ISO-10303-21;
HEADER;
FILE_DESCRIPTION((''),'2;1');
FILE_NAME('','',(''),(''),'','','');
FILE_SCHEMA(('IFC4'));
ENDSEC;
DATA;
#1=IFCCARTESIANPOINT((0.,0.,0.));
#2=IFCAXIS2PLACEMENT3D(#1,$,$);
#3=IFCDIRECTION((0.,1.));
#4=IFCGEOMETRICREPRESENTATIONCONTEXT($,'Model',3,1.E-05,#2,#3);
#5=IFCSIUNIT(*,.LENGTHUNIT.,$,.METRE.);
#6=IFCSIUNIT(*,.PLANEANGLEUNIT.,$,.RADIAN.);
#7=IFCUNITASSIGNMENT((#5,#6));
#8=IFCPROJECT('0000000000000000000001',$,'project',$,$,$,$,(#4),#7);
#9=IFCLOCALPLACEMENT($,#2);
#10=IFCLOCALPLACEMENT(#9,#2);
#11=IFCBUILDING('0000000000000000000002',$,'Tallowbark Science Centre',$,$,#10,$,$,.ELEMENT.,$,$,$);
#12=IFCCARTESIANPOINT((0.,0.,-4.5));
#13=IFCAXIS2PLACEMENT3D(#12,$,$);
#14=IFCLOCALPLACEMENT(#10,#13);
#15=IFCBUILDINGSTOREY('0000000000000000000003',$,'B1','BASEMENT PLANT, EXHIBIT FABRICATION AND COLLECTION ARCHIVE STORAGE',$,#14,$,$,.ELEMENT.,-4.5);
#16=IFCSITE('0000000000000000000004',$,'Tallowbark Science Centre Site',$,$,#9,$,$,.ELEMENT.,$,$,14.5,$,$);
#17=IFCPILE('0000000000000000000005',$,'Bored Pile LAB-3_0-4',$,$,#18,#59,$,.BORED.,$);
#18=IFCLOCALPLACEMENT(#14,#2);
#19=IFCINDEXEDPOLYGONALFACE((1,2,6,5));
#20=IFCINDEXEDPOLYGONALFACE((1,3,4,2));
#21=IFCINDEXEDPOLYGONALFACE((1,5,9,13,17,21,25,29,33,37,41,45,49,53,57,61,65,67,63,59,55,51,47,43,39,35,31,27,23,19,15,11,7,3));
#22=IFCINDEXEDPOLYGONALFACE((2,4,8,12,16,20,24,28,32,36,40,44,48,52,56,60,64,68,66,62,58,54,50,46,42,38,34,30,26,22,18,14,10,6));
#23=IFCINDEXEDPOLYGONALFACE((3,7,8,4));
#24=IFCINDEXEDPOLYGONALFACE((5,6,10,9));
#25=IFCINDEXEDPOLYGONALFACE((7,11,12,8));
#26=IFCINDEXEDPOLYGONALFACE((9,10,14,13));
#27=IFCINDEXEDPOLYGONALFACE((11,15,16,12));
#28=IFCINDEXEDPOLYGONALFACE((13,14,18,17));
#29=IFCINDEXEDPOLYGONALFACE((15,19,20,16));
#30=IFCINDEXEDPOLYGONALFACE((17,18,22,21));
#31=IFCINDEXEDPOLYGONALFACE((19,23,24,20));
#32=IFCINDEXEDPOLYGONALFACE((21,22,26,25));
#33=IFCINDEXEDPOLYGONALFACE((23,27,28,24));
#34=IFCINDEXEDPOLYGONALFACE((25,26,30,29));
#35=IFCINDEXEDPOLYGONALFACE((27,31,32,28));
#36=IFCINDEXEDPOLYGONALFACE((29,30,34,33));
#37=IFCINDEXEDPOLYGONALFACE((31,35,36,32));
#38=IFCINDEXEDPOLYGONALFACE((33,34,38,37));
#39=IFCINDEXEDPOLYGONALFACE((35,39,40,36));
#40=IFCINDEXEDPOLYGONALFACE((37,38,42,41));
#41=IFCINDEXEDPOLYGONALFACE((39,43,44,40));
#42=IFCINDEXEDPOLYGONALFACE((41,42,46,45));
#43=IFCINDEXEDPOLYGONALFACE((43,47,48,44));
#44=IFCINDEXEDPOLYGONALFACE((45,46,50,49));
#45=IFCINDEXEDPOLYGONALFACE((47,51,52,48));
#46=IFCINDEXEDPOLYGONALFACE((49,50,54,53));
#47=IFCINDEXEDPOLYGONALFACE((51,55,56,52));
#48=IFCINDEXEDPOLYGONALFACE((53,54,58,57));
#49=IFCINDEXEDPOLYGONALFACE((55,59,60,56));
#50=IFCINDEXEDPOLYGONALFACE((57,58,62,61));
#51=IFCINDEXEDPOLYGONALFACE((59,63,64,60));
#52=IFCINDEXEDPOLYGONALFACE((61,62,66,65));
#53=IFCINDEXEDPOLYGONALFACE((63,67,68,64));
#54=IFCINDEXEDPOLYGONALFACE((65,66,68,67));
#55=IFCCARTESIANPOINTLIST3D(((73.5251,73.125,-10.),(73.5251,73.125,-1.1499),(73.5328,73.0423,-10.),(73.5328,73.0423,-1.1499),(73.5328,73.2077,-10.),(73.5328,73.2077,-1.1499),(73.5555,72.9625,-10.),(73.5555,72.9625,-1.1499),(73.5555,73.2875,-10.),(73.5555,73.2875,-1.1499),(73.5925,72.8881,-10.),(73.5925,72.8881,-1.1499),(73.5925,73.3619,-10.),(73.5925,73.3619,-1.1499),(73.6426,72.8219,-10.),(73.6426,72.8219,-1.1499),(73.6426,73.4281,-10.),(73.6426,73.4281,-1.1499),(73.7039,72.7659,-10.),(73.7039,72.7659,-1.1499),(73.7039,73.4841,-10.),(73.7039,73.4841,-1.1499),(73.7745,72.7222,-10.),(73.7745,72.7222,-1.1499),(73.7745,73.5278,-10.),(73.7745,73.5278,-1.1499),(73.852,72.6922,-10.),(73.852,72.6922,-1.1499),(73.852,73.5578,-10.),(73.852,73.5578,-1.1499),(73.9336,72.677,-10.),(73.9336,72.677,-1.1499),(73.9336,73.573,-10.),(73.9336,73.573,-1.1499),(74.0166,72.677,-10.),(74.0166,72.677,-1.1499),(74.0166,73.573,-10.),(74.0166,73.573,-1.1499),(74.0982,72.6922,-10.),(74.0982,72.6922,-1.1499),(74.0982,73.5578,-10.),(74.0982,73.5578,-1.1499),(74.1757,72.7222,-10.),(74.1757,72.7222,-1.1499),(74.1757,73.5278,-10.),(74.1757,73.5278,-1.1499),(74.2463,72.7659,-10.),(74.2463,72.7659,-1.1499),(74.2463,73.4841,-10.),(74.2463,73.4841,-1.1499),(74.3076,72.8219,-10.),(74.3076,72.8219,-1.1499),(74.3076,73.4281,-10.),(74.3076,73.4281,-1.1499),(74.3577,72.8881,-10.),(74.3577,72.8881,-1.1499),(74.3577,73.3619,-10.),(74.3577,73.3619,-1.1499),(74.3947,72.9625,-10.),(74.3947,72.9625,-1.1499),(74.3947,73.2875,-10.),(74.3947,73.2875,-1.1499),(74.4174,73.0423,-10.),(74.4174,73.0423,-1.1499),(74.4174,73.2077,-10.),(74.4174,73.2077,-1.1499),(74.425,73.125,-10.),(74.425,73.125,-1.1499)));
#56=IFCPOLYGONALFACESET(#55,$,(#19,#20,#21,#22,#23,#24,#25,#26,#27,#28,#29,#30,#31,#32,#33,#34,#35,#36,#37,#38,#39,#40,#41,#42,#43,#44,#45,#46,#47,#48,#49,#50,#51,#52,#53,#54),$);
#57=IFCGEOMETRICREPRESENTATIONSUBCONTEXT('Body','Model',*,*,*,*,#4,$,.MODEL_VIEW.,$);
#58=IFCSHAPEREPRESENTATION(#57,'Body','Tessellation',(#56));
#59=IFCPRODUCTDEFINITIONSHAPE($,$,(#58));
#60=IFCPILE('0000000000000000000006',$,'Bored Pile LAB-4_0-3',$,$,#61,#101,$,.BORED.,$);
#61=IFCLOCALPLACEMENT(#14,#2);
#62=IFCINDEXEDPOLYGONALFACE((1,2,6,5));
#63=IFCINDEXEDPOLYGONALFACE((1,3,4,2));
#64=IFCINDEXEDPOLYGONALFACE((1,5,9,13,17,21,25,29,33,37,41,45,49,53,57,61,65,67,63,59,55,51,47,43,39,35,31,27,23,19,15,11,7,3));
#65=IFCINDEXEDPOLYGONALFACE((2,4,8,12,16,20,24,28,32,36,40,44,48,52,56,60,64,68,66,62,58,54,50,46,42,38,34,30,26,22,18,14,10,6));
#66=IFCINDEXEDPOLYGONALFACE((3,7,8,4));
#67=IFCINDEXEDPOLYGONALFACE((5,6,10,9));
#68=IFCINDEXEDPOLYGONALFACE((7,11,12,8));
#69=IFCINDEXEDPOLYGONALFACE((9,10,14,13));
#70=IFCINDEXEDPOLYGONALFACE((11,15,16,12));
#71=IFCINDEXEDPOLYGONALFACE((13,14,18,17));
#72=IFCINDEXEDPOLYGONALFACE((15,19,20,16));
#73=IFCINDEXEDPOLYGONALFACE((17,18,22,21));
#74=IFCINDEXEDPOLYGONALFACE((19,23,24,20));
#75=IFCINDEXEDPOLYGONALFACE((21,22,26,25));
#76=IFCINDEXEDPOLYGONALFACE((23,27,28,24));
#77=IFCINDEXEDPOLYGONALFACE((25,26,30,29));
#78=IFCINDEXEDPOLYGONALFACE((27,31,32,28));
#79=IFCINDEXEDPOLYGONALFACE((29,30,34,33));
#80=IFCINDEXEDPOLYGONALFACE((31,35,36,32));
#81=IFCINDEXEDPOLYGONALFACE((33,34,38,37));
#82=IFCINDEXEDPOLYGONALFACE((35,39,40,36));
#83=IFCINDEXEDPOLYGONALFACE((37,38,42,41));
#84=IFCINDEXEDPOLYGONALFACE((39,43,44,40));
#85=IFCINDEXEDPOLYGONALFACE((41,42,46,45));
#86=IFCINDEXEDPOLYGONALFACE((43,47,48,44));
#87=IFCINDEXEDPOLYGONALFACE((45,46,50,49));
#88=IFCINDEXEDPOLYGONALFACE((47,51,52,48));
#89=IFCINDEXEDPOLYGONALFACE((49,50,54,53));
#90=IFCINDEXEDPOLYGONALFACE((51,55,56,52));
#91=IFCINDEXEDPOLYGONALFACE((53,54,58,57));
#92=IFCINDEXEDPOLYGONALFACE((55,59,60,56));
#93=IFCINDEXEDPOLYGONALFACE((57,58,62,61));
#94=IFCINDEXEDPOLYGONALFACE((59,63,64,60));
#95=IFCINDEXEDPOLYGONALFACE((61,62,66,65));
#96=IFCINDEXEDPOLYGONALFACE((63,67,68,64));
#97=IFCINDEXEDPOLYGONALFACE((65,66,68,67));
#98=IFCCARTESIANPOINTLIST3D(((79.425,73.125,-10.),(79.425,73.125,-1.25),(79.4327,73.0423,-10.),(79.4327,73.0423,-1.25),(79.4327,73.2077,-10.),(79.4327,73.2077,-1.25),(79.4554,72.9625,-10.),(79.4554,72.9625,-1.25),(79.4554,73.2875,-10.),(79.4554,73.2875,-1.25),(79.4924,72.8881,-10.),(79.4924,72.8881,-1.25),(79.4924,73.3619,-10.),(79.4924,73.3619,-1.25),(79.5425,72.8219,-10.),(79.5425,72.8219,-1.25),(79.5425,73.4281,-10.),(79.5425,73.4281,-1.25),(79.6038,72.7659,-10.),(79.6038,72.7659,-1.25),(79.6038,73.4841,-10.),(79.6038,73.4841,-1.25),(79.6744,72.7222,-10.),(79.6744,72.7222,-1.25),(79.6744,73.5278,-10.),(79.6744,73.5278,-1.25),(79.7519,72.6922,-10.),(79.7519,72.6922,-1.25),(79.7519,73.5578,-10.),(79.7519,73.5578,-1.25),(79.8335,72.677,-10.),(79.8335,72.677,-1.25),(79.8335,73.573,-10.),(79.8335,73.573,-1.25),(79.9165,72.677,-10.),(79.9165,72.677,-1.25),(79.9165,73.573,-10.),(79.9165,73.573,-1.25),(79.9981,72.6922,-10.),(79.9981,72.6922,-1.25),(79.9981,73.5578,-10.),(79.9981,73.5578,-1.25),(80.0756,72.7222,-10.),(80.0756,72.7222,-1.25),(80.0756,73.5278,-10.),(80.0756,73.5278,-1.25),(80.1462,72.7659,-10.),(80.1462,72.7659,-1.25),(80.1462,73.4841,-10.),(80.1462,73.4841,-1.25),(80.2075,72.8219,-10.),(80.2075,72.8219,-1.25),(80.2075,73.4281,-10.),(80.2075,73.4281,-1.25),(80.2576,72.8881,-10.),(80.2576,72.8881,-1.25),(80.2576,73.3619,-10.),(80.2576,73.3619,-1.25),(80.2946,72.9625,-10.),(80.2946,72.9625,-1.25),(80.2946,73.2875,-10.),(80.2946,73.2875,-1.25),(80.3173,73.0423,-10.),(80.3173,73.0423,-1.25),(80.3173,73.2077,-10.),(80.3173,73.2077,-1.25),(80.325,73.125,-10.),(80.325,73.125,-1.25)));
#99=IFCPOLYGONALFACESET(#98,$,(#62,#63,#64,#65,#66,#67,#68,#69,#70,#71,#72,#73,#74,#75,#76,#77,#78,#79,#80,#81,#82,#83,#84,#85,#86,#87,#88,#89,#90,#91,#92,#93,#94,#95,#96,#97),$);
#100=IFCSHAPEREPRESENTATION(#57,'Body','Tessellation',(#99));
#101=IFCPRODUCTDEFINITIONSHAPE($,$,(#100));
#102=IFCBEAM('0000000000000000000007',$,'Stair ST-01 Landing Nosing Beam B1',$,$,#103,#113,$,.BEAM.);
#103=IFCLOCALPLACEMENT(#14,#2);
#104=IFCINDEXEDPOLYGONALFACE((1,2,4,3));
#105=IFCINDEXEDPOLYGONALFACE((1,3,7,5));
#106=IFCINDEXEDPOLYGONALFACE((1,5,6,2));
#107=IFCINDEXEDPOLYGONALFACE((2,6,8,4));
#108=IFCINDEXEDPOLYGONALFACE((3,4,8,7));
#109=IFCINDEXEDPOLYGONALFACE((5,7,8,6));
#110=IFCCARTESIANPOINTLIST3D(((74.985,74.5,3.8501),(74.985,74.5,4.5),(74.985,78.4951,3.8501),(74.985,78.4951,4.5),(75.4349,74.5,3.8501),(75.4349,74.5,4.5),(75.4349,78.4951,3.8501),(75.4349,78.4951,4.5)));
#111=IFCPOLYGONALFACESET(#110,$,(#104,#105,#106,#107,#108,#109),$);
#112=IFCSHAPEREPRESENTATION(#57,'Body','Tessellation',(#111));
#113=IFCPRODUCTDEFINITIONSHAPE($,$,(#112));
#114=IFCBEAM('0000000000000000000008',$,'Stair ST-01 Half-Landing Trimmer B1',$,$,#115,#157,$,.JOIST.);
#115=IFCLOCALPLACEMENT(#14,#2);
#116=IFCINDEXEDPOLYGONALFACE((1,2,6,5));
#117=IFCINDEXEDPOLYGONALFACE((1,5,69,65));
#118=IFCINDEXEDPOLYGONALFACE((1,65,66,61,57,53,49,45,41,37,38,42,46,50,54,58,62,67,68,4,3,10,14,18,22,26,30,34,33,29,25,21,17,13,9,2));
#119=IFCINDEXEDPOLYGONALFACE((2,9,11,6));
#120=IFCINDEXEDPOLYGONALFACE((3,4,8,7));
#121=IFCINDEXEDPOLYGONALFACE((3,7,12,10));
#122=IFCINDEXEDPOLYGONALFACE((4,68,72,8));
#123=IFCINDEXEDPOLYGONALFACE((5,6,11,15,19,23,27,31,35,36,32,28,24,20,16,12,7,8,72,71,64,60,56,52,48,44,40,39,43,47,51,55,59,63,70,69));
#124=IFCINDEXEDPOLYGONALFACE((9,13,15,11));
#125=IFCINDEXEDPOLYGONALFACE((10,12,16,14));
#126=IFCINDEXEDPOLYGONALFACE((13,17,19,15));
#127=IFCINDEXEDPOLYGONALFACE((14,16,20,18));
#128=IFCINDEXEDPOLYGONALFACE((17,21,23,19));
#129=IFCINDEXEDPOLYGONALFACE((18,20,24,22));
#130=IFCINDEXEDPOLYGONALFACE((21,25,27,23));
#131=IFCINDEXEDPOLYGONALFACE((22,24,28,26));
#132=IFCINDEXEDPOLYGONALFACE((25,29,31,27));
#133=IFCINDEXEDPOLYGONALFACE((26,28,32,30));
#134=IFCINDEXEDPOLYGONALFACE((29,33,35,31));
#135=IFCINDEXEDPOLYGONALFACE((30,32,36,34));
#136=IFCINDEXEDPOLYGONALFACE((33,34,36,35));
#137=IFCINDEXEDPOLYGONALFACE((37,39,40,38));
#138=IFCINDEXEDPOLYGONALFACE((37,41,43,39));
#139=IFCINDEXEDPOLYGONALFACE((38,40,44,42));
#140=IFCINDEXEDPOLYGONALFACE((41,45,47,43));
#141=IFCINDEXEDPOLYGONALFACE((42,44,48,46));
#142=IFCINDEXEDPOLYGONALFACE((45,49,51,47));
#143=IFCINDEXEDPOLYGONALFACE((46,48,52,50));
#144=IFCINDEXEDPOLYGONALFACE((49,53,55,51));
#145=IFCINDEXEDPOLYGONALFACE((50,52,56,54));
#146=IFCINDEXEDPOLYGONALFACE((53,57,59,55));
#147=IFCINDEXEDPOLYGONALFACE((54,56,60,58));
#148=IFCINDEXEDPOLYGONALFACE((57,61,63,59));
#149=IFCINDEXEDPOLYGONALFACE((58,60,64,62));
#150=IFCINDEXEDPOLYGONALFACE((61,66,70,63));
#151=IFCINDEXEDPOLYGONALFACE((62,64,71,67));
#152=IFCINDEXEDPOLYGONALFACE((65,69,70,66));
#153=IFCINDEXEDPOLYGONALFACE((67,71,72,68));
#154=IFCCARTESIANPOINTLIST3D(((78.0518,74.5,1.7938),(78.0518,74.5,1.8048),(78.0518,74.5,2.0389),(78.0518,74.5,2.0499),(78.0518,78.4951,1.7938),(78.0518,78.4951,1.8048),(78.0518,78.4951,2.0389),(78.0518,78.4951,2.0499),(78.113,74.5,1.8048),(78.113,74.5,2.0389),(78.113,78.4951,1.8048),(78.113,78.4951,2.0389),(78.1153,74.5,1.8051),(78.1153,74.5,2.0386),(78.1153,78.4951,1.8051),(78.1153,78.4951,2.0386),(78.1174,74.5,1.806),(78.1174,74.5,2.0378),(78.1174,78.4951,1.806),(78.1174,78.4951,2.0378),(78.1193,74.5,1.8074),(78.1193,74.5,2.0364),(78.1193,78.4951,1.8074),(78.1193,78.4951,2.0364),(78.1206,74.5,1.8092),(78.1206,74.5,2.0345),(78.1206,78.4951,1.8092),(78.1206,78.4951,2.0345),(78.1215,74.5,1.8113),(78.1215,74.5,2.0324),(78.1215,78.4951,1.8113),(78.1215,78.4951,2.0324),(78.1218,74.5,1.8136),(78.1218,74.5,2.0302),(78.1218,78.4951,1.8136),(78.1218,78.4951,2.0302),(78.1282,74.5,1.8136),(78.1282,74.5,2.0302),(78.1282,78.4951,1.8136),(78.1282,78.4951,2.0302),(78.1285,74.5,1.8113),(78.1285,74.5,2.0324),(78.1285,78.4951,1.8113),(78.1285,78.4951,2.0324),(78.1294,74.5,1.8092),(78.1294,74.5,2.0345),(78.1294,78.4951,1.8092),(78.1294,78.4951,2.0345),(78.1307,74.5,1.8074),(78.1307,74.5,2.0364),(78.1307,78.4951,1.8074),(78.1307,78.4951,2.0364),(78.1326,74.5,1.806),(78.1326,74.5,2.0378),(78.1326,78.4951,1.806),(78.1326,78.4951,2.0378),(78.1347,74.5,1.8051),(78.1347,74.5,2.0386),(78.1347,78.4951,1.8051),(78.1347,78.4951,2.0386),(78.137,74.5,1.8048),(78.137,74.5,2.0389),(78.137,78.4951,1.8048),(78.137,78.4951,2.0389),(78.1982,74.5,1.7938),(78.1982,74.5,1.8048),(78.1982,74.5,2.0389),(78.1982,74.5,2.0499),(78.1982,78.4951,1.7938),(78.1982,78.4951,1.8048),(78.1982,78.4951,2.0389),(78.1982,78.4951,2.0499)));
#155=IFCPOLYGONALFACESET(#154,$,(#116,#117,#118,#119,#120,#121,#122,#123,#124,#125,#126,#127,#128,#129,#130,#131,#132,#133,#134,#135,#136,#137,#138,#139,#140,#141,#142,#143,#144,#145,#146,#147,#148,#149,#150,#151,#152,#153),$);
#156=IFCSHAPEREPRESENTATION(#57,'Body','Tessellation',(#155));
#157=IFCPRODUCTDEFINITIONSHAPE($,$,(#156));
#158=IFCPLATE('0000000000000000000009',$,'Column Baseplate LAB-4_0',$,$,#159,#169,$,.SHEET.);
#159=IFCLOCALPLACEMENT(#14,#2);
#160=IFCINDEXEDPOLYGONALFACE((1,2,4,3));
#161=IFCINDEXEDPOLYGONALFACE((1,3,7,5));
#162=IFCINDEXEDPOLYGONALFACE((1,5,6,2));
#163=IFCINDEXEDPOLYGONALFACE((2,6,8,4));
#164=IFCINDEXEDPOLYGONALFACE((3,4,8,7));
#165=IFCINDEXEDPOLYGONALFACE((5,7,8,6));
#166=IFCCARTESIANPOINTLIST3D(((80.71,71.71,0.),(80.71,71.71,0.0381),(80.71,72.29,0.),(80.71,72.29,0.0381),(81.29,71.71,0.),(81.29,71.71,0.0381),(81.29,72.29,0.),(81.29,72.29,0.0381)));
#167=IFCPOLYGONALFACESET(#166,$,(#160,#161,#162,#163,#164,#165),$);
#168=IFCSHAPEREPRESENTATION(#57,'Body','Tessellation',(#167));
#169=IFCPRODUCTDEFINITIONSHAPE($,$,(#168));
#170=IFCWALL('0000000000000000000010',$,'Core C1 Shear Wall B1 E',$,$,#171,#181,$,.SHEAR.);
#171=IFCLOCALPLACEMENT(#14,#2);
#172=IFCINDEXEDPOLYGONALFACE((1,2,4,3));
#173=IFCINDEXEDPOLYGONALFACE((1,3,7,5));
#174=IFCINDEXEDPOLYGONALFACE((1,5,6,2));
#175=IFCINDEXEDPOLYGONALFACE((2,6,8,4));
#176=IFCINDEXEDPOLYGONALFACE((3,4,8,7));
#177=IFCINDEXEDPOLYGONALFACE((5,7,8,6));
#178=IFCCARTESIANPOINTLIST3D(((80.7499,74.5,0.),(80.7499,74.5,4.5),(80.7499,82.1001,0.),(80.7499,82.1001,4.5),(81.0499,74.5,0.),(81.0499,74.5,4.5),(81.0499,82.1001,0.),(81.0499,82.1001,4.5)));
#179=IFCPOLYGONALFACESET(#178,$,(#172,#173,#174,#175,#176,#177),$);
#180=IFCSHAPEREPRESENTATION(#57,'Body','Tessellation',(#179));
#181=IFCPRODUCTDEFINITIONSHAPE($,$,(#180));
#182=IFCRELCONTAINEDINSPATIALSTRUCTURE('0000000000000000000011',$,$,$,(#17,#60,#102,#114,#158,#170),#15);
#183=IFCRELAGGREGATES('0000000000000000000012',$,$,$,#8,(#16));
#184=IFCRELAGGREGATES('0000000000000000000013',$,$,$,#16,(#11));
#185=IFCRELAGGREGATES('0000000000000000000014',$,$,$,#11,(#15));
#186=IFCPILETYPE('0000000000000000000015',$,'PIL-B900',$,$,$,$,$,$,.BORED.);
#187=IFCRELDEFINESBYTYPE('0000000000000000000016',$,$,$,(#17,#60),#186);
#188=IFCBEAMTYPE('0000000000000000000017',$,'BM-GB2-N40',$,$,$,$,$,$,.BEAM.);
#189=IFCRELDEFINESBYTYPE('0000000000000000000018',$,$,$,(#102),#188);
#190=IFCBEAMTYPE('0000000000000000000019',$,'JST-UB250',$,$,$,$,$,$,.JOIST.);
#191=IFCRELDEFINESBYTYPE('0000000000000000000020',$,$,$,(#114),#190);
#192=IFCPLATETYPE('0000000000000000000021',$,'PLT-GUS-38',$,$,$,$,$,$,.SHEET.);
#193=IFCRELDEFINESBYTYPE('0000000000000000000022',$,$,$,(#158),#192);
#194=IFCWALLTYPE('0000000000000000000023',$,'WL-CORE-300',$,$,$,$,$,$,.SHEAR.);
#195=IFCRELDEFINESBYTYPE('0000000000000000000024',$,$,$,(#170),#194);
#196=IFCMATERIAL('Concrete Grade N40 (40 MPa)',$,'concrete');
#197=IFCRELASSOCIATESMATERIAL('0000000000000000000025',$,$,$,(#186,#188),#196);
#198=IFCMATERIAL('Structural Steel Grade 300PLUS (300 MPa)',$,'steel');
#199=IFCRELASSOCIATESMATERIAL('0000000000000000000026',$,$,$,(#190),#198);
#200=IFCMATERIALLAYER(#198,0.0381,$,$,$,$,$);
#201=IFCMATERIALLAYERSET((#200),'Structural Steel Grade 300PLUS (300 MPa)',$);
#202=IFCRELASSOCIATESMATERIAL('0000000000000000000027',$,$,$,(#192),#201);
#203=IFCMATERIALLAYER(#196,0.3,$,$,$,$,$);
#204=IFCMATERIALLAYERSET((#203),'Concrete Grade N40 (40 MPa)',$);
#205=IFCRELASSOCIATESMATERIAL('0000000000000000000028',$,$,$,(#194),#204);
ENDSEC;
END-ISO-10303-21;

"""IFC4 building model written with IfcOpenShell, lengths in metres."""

from ifc_helpers import new_model, si_unit, direction, frame, frame_2d, origin, origin_2d, place, context, subcontext, project, spatial, rectangle, circle, i_section, extrude, material, layer, layer_set, material_profile, profile_set, type_object, element, save


model = new_model("IFC4")

# Units and contexts
model_context = context("Model", 3, precision=1e-05, world=origin(), true_north=direction((0.0, 1.0)))
body_context = subcontext(model_context, "Body", "Model", "MODEL_VIEW")
ifc_project = project(units=[si_unit("LENGTHUNIT", "METRE"), si_unit("PLANEANGLEUNIT", "RADIAN")], contexts=[model_context])

# Site, building, storey
site_placement = place(None, origin())
site = spatial("IfcSite", under=ifc_project, at=site_placement, Name="Tallowbark Science Centre Site", CompositionType="ELEMENT", RefElevation=14.5)
building_placement = place(site_placement, origin())
building = spatial("IfcBuilding", under=site, at=building_placement, Name="Tallowbark Science Centre", CompositionType="ELEMENT")
storey_placement = place(building_placement, frame((0.0, 0.0, -4.5)))
storey = spatial("IfcBuildingStorey", under=building, at=storey_placement, Name="B1", Description="BASEMENT PLANT, EXHIBIT FABRICATION AND COLLECTION ARCHIVE STORAGE", CompositionType="ELEMENT", Elevation=-4.5)

# Shared definitions
ifc_material_1 = material(Name="Concrete Grade N40 (40 MPa)", Category="concrete")

# Piles
ifc_material_profile_1 = material_profile(ifc_material_1, circle(Radius=0.45, at=origin_2d()), Name="PILE900")
ifc_profile_set_1 = profile_set([ifc_material_profile_1], Name="Concrete Grade N40 (40 MPa)")
pile_type_1 = type_object("IfcPileType", Name="PIL-B900", PredefinedType="BORED", material=ifc_profile_set_1)
pile_1_placement = place(storey_placement, frame((73.9751, 73.125, -1.1499), z_axis=(0.0, 0.0, -1.0), x_axis=(1.0, 0.0, 0.0)))
element("IfcPile", 1, at=pile_1_placement, inside=storey, type_object=pile_type_1, Name="Bored Pile LAB-3_0-4", PredefinedType="BORED", context=body_context, shape_type="SweptSolid", body=[
    extrude(circle(Radius=0.45, at=origin_2d()), origin(), (0.0, 0.0, 1.0), 8.8501),
])
pile_2_placement = place(storey_placement, frame((79.875, 73.125, -1.25), z_axis=(0.0, 0.0, -1.0), x_axis=(1.0, 0.0, 0.0)))
element("IfcPile", 2, at=pile_2_placement, inside=storey, type_object=pile_type_1, Name="Bored Pile LAB-4_0-3", PredefinedType="BORED", context=body_context, shape_type="SweptSolid", body=[
    extrude(circle(Radius=0.45, at=origin_2d()), origin(), (0.0, 0.0, 1.0), 8.75),
])

# Beams
ifc_material_profile_2 = material_profile(ifc_material_1, rectangle(XDim=0.45, YDim=0.6499, at=origin_2d()), Name="RC450x650")
ifc_profile_set_2 = profile_set([ifc_material_profile_2], Name="Concrete Grade N40 (40 MPa)")
beam_type_1 = type_object("IfcBeamType", Name="BM-GB2-N40", PredefinedType="BEAM", material=ifc_profile_set_2)
beam_1_placement = place(storey_placement, frame((75.21, 74.5, 4.175), z_axis=(0.0, 1.0, 0.0), x_axis=(-1.0, 0.0, 0.0)))
element("IfcBeam", 3, at=beam_1_placement, inside=storey, type_object=beam_type_1, Name="Stair ST-01 Landing Nosing Beam B1", PredefinedType="BEAM", context=body_context, shape_type="SweptSolid", body=[
    extrude(rectangle(XDim=0.45, YDim=0.6499, at=origin_2d()), origin(), (0.0, 0.0, 1.0), 3.9951),
])
ifc_material_2 = material(Name="Structural Steel Grade 300PLUS (300 MPa)", Category="steel")
ifc_material_profile_3 = material_profile(ifc_material_2, i_section(OverallWidth=0.1465, OverallDepth=0.2561, WebThickness=0.0063, FlangeThickness=0.011, FilletRadius=0.0088, at=origin_2d()), Name="250UB37.3")
ifc_profile_set_3 = profile_set([ifc_material_profile_3], Name="Structural Steel Grade 300PLUS (300 MPa)")
beam_type_2 = type_object("IfcBeamType", Name="JST-UB250", PredefinedType="JOIST", material=ifc_profile_set_3)
beam_2_placement = place(storey_placement, frame((78.125, 74.5, 1.9219), z_axis=(0.0, 1.0, 0.0), x_axis=(-1.0, 0.0, 0.0)))
element("IfcBeam", 4, at=beam_2_placement, inside=storey, type_object=beam_type_2, Name="Stair ST-01 Half-Landing Trimmer B1", PredefinedType="JOIST", context=body_context, shape_type="SweptSolid", body=[
    extrude(i_section(OverallWidth=0.1465, OverallDepth=0.2561, WebThickness=0.0063, FlangeThickness=0.011, FilletRadius=0.0088, at=origin_2d()), origin(), (0.0, 0.0, 1.0), 3.9951),
])

# Plate
ifc_layer_1 = layer(ifc_material_2, 0.0381)
ifc_layer_set_1 = layer_set([ifc_layer_1], Name="Structural Steel Grade 300PLUS (300 MPa)")
plate_type = type_object("IfcPlateType", Name="PLT-GUS-38", PredefinedType="SHEET", material=ifc_layer_set_1)
plate_placement = place(storey_placement, frame((81.0, 72.0, 0.0), z_axis=(0.0, 0.0, 1.0), x_axis=(1.0, 0.0, 0.0)))
element("IfcPlate", 5, at=plate_placement, inside=storey, type_object=plate_type, Name="Column Baseplate LAB-4_0", PredefinedType="SHEET", context=body_context, shape_type="SweptSolid", body=[
    extrude(rectangle(XDim=0.5801, YDim=0.5801, at=origin_2d()), origin(), (0.0, 0.0, 1.0), 0.0381),
])

# Wall
ifc_layer_2 = layer(ifc_material_1, 0.3)
ifc_layer_set_2 = layer_set([ifc_layer_2], Name="Concrete Grade N40 (40 MPa)")
wall_type_1 = type_object("IfcWallType", Name="WL-CORE-300", PredefinedType="SHEAR", material=ifc_layer_set_2)
wall_1_placement = place(storey_placement, frame((80.8999, 74.5, 0.0), z_axis=(0.0, 0.0, 1.0), x_axis=(0.0, 1.0, 0.0)))
element("IfcWall", 6, at=wall_1_placement, inside=storey, type_object=wall_type_1, Name="Core C1 Shear Wall B1 E", PredefinedType="SHEAR", context=body_context, shape_type="SweptSolid", body=[
    extrude(rectangle(XDim=7.6001, YDim=0.3, at=frame_2d((3.8, 0.0))), origin(), (0.0, 0.0, 1.0), 4.5),
])

save(model, "model.ifc")
